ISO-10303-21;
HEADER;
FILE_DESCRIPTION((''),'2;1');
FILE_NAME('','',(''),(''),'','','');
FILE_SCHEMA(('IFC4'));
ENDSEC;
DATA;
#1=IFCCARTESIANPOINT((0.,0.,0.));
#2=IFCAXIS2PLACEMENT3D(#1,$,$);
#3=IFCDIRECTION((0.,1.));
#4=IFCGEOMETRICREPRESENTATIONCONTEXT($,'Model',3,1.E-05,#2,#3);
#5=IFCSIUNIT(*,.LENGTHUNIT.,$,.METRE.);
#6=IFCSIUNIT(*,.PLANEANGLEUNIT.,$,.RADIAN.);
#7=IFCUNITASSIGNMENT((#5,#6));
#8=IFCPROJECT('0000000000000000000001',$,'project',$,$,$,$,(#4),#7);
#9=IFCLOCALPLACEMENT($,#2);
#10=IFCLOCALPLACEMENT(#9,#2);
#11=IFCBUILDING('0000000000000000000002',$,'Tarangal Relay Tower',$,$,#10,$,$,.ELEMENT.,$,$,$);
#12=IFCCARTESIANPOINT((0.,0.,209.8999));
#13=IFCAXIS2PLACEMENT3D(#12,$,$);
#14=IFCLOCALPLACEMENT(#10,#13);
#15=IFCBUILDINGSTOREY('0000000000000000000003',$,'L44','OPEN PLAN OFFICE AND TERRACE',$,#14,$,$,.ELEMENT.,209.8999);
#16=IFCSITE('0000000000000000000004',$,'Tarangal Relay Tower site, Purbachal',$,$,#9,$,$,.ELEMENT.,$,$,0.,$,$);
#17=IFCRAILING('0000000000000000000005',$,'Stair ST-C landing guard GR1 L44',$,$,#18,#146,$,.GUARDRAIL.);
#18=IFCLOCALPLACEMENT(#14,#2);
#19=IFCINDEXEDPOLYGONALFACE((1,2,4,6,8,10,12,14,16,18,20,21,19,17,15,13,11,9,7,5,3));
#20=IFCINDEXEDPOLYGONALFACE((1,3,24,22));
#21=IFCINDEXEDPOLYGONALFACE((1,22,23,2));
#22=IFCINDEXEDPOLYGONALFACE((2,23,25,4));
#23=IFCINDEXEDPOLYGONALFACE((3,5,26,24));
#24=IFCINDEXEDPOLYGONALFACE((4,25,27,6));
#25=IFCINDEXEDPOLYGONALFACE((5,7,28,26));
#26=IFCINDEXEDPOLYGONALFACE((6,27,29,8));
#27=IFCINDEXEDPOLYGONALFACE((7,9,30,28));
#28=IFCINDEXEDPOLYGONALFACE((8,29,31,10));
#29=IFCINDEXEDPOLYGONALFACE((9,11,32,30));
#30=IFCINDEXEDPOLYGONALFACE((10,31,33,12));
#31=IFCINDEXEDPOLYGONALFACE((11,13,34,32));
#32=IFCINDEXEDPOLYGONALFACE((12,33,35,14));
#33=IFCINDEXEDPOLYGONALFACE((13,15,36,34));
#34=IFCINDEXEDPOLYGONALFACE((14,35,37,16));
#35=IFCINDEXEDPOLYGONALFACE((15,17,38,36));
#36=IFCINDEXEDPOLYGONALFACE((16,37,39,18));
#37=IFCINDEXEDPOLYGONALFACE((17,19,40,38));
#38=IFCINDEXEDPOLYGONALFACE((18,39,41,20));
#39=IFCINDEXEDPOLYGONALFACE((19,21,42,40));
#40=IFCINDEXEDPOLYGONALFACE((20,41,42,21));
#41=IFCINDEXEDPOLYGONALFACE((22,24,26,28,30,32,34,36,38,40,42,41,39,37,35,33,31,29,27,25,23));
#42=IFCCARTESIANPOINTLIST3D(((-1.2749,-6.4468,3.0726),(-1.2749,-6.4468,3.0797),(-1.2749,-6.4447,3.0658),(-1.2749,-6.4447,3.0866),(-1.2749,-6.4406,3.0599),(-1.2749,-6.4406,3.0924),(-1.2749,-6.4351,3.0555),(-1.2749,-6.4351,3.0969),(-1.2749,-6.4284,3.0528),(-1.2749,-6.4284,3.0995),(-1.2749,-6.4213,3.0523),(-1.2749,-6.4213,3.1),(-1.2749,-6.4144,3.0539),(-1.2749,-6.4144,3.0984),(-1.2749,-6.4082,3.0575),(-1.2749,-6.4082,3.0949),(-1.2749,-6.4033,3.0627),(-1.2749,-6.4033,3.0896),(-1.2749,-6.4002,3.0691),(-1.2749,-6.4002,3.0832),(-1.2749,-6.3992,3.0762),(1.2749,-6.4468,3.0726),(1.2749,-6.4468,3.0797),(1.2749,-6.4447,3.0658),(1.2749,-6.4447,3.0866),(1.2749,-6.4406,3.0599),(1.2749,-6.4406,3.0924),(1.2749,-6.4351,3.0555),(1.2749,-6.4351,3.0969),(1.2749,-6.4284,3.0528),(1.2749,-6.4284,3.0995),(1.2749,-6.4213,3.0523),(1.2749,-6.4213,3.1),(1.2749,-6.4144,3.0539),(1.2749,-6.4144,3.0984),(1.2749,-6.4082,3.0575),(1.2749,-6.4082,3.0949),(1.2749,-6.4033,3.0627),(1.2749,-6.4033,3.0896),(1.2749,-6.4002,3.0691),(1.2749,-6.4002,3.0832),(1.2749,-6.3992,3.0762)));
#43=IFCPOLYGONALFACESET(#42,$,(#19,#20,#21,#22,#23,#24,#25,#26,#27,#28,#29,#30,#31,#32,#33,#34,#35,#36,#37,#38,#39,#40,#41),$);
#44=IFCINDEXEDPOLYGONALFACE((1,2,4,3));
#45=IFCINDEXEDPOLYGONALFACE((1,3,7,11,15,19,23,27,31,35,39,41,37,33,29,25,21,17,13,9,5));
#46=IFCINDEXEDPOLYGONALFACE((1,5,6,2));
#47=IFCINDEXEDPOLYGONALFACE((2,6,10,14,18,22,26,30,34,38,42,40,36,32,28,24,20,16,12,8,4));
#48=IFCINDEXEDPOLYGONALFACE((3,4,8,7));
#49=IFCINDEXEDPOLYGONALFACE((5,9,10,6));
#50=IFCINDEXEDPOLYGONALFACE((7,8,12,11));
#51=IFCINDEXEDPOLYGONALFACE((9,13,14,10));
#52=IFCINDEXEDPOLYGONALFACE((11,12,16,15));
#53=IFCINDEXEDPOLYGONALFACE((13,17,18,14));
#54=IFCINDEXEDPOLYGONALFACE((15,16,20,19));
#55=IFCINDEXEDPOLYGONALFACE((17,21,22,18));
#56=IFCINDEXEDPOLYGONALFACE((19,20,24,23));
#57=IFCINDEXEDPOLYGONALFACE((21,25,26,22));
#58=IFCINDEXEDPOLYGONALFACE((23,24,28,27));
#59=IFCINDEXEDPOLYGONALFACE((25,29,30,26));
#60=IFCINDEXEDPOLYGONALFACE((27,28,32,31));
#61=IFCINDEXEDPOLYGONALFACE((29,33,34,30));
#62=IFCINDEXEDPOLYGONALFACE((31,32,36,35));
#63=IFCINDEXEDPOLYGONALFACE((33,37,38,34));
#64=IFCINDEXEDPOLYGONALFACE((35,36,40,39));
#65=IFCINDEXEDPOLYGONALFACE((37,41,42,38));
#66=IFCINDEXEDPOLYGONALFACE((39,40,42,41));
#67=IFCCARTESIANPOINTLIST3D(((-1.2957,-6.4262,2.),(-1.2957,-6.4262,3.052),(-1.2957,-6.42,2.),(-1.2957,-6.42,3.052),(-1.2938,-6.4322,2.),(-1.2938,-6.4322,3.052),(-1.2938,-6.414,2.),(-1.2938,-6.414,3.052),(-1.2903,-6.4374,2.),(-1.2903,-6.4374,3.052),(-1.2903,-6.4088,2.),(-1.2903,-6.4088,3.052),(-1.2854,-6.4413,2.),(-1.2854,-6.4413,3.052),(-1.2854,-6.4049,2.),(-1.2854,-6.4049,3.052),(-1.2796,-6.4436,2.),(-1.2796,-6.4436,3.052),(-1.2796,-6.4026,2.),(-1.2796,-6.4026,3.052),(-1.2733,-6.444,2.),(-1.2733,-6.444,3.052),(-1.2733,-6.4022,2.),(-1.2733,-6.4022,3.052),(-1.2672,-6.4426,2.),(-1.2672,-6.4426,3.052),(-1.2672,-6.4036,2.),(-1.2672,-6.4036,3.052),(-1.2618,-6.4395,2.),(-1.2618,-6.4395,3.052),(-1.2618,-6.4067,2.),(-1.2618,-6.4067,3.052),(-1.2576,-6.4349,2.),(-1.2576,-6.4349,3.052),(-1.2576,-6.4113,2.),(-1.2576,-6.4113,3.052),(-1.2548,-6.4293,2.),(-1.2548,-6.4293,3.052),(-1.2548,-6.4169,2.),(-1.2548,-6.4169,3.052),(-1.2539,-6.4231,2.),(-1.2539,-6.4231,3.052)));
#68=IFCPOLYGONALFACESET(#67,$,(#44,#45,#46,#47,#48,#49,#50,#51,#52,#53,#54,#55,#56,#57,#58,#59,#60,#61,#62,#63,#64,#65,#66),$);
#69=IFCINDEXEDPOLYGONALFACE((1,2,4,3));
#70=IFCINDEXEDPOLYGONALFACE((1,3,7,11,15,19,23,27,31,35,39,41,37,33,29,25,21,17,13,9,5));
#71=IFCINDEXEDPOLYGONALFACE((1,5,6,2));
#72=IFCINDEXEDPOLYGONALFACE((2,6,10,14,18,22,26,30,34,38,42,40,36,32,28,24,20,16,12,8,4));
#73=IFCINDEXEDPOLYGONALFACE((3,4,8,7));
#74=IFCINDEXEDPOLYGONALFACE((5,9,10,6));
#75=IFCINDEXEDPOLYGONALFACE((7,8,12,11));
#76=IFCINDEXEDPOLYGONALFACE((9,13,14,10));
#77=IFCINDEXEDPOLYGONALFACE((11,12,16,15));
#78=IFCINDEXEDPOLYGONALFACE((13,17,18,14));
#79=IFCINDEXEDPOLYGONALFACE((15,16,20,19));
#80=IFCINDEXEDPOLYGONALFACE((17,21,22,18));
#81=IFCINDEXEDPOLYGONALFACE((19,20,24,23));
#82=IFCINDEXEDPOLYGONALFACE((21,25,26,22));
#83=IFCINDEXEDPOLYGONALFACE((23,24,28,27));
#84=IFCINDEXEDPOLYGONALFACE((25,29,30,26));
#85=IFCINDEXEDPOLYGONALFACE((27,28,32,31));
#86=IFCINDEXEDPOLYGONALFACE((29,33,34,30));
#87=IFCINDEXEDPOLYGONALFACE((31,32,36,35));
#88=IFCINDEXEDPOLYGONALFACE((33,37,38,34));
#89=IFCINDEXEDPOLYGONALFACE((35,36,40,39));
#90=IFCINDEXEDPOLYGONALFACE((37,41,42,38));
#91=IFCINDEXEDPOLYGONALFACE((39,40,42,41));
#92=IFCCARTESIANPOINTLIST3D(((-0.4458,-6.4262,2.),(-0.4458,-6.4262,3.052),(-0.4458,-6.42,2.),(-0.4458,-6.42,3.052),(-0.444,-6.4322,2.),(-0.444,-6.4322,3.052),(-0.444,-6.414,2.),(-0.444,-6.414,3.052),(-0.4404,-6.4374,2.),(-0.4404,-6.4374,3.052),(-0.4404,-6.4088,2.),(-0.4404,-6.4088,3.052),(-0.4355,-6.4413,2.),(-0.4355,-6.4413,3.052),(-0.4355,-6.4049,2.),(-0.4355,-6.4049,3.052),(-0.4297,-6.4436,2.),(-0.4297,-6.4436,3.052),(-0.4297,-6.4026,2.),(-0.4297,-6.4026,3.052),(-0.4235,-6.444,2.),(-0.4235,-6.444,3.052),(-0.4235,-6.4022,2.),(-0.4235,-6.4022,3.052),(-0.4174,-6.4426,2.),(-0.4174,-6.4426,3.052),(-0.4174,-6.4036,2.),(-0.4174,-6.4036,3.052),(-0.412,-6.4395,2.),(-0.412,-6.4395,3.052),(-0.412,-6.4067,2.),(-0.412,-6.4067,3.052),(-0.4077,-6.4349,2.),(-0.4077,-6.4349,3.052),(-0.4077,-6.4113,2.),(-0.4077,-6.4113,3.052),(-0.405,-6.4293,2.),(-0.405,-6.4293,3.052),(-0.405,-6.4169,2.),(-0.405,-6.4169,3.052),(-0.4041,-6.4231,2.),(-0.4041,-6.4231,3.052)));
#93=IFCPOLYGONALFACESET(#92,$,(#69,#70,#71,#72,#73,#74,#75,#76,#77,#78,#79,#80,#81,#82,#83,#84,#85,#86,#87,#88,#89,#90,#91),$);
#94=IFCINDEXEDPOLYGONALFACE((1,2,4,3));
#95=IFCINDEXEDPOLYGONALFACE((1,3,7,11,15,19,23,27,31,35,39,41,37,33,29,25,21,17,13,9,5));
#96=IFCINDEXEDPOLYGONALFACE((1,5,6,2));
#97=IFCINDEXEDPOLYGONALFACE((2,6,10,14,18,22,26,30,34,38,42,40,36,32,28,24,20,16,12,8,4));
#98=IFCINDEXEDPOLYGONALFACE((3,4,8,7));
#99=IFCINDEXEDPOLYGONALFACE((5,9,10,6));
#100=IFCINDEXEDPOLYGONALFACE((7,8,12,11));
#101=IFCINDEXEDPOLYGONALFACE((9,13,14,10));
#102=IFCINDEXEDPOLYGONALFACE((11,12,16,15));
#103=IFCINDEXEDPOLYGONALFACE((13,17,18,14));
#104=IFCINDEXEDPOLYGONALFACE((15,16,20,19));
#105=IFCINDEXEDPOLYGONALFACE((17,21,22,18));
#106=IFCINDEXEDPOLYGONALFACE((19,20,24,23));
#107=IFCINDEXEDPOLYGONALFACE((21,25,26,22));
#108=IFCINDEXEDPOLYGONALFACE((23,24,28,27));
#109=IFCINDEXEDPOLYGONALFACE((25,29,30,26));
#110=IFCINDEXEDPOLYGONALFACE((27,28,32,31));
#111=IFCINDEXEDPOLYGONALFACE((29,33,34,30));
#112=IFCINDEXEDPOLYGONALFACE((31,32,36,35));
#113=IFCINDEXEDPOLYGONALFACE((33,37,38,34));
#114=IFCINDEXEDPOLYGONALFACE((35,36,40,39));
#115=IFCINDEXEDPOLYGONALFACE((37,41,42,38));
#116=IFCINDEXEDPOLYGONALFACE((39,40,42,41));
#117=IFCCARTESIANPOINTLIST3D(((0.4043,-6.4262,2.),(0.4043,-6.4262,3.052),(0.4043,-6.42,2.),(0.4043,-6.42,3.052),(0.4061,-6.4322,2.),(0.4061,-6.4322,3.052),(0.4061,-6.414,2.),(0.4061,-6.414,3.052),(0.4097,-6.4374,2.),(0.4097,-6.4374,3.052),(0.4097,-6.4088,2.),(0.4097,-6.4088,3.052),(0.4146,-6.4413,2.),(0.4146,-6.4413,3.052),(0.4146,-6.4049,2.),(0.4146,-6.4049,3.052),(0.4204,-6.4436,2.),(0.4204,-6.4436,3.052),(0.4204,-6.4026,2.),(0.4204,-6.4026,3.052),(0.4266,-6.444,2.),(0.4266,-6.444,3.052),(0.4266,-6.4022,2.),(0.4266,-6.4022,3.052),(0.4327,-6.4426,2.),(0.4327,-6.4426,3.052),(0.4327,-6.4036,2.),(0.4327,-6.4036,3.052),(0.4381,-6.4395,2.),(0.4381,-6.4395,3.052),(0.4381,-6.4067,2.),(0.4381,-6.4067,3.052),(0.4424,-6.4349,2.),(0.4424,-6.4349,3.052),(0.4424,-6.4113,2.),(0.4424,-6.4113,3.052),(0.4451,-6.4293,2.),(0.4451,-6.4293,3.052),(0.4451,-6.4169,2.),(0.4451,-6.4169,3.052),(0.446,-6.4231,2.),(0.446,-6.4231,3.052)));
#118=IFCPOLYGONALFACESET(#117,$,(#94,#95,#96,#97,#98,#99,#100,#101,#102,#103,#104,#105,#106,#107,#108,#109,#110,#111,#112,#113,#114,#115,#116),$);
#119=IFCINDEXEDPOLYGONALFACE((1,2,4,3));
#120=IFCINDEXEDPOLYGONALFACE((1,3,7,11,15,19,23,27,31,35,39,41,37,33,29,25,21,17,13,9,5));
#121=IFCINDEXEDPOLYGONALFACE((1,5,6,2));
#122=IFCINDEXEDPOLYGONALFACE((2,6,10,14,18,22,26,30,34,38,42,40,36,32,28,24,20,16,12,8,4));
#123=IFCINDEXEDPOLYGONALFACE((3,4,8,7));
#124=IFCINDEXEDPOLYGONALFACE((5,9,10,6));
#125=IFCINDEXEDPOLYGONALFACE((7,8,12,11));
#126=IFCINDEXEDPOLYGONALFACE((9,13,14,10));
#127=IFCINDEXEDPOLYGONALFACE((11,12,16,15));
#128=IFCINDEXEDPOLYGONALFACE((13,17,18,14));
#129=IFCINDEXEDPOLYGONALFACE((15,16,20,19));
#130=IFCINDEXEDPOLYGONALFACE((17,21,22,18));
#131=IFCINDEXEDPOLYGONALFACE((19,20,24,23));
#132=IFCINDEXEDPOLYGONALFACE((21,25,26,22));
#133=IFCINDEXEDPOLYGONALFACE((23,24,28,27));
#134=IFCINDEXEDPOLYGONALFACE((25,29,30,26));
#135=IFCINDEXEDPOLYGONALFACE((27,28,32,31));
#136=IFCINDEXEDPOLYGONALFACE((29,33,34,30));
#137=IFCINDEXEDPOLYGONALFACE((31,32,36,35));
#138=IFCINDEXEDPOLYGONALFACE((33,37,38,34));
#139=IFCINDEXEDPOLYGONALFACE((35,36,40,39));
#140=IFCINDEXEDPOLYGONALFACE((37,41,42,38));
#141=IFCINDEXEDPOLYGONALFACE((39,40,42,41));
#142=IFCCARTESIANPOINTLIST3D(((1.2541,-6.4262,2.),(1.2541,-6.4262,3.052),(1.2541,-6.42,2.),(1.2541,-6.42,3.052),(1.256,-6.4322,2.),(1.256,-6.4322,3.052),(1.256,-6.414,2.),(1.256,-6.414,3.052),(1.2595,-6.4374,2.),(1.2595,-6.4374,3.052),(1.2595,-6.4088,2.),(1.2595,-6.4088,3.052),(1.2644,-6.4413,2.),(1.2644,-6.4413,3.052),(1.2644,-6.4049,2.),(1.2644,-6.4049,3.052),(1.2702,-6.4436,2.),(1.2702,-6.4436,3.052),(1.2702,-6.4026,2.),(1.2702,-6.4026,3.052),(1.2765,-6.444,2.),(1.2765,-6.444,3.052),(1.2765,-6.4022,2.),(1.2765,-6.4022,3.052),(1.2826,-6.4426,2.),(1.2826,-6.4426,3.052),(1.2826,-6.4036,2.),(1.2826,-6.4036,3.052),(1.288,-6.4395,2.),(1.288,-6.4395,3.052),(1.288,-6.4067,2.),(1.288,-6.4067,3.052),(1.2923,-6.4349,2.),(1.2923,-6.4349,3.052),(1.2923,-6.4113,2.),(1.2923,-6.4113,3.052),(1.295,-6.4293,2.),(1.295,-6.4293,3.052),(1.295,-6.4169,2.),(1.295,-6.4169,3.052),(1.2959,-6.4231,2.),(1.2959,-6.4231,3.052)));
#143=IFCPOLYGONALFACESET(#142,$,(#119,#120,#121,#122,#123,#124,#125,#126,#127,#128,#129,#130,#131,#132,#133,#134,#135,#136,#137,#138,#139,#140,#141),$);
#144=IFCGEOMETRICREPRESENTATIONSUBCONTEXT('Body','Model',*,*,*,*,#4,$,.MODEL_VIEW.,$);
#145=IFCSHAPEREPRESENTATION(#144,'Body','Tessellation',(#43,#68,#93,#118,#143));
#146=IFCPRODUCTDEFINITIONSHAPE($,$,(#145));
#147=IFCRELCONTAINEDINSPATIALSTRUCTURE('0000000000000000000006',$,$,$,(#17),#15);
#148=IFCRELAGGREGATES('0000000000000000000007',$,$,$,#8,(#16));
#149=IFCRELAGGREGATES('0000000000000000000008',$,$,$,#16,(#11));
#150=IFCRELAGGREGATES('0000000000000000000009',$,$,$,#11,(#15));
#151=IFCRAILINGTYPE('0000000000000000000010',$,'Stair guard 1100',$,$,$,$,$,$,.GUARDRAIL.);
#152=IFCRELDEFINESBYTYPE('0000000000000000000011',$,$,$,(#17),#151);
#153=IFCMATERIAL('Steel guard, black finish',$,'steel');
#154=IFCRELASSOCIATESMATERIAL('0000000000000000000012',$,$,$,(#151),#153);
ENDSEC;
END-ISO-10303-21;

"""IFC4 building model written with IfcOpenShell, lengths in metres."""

from ifc_helpers import new_model, si_unit, direction, frame, origin, origin_2d, place, context, subcontext, project, spatial, circle, extrude, material, type_object, element, save


model = new_model("IFC4")

# Units and contexts
model_context = context("Model", 3, precision=1e-05, world=origin(), true_north=direction((0.0, 1.0)))
body_context = subcontext(model_context, "Body", "Model", "MODEL_VIEW")
ifc_project = project(units=[si_unit("LENGTHUNIT", "METRE"), si_unit("PLANEANGLEUNIT", "RADIAN")], contexts=[model_context])

# Site, building, storey
site_placement = place(None, origin())
site = spatial("IfcSite", under=ifc_project, at=site_placement, Name="Tarangal Relay Tower site, Purbachal", CompositionType="ELEMENT", RefElevation=0.0)
building_placement = place(site_placement, origin())
building = spatial("IfcBuilding", under=site, at=building_placement, Name="Tarangal Relay Tower", CompositionType="ELEMENT")
storey_placement = place(building_placement, frame((0.0, 0.0, 209.8999)))
storey = spatial("IfcBuildingStorey", under=building, at=storey_placement, Name="L44", Description="OPEN PLAN OFFICE AND TERRACE", CompositionType="ELEMENT", Elevation=209.8999)

# Railing
ifc_material_1 = material(Name="Steel guard, black finish", Category="steel")
railing_type_1 = type_object("IfcRailingType", Name="Stair guard 1100", PredefinedType="GUARDRAIL", material=ifc_material_1)
for number, where, name in (
    (1, (-1.2749, -6.4231, 2.0), "Stair ST-C landing guard GR1 L44"),
):
    element("IfcRailing", number, at=place(storey_placement, frame(where)), inside=storey, type_object=railing_type_1, Name=name, PredefinedType="GUARDRAIL", context=body_context, shape_type="SweptSolid", body=[
        extrude(circle(Radius=0.0239, at=origin_2d()), frame((0.0, 0.0, 1.0762), z_axis=(1.0, 0.0, 0.0), x_axis=(0.0, 1.0, 0.0)), (0.0, 0.0, 1.0), 2.5498),
        extrude(circle(Radius=0.021, at=origin_2d()), origin(), (0.0, 0.0, 1.0), 1.052),
        extrude(circle(Radius=0.021, at=origin_2d()), frame((0.8499, 0.0, 0.0)), (0.0, 0.0, 1.0), 1.052),
        extrude(circle(Radius=0.021, at=origin_2d()), frame((1.7, 0.0, 0.0)), (0.0, 0.0, 1.0), 1.052),
        extrude(circle(Radius=0.021, at=origin_2d()), frame((2.5498, 0.0, 0.0)), (0.0, 0.0, 1.0), 1.052),
    ])

save(model, "model.ifc")
